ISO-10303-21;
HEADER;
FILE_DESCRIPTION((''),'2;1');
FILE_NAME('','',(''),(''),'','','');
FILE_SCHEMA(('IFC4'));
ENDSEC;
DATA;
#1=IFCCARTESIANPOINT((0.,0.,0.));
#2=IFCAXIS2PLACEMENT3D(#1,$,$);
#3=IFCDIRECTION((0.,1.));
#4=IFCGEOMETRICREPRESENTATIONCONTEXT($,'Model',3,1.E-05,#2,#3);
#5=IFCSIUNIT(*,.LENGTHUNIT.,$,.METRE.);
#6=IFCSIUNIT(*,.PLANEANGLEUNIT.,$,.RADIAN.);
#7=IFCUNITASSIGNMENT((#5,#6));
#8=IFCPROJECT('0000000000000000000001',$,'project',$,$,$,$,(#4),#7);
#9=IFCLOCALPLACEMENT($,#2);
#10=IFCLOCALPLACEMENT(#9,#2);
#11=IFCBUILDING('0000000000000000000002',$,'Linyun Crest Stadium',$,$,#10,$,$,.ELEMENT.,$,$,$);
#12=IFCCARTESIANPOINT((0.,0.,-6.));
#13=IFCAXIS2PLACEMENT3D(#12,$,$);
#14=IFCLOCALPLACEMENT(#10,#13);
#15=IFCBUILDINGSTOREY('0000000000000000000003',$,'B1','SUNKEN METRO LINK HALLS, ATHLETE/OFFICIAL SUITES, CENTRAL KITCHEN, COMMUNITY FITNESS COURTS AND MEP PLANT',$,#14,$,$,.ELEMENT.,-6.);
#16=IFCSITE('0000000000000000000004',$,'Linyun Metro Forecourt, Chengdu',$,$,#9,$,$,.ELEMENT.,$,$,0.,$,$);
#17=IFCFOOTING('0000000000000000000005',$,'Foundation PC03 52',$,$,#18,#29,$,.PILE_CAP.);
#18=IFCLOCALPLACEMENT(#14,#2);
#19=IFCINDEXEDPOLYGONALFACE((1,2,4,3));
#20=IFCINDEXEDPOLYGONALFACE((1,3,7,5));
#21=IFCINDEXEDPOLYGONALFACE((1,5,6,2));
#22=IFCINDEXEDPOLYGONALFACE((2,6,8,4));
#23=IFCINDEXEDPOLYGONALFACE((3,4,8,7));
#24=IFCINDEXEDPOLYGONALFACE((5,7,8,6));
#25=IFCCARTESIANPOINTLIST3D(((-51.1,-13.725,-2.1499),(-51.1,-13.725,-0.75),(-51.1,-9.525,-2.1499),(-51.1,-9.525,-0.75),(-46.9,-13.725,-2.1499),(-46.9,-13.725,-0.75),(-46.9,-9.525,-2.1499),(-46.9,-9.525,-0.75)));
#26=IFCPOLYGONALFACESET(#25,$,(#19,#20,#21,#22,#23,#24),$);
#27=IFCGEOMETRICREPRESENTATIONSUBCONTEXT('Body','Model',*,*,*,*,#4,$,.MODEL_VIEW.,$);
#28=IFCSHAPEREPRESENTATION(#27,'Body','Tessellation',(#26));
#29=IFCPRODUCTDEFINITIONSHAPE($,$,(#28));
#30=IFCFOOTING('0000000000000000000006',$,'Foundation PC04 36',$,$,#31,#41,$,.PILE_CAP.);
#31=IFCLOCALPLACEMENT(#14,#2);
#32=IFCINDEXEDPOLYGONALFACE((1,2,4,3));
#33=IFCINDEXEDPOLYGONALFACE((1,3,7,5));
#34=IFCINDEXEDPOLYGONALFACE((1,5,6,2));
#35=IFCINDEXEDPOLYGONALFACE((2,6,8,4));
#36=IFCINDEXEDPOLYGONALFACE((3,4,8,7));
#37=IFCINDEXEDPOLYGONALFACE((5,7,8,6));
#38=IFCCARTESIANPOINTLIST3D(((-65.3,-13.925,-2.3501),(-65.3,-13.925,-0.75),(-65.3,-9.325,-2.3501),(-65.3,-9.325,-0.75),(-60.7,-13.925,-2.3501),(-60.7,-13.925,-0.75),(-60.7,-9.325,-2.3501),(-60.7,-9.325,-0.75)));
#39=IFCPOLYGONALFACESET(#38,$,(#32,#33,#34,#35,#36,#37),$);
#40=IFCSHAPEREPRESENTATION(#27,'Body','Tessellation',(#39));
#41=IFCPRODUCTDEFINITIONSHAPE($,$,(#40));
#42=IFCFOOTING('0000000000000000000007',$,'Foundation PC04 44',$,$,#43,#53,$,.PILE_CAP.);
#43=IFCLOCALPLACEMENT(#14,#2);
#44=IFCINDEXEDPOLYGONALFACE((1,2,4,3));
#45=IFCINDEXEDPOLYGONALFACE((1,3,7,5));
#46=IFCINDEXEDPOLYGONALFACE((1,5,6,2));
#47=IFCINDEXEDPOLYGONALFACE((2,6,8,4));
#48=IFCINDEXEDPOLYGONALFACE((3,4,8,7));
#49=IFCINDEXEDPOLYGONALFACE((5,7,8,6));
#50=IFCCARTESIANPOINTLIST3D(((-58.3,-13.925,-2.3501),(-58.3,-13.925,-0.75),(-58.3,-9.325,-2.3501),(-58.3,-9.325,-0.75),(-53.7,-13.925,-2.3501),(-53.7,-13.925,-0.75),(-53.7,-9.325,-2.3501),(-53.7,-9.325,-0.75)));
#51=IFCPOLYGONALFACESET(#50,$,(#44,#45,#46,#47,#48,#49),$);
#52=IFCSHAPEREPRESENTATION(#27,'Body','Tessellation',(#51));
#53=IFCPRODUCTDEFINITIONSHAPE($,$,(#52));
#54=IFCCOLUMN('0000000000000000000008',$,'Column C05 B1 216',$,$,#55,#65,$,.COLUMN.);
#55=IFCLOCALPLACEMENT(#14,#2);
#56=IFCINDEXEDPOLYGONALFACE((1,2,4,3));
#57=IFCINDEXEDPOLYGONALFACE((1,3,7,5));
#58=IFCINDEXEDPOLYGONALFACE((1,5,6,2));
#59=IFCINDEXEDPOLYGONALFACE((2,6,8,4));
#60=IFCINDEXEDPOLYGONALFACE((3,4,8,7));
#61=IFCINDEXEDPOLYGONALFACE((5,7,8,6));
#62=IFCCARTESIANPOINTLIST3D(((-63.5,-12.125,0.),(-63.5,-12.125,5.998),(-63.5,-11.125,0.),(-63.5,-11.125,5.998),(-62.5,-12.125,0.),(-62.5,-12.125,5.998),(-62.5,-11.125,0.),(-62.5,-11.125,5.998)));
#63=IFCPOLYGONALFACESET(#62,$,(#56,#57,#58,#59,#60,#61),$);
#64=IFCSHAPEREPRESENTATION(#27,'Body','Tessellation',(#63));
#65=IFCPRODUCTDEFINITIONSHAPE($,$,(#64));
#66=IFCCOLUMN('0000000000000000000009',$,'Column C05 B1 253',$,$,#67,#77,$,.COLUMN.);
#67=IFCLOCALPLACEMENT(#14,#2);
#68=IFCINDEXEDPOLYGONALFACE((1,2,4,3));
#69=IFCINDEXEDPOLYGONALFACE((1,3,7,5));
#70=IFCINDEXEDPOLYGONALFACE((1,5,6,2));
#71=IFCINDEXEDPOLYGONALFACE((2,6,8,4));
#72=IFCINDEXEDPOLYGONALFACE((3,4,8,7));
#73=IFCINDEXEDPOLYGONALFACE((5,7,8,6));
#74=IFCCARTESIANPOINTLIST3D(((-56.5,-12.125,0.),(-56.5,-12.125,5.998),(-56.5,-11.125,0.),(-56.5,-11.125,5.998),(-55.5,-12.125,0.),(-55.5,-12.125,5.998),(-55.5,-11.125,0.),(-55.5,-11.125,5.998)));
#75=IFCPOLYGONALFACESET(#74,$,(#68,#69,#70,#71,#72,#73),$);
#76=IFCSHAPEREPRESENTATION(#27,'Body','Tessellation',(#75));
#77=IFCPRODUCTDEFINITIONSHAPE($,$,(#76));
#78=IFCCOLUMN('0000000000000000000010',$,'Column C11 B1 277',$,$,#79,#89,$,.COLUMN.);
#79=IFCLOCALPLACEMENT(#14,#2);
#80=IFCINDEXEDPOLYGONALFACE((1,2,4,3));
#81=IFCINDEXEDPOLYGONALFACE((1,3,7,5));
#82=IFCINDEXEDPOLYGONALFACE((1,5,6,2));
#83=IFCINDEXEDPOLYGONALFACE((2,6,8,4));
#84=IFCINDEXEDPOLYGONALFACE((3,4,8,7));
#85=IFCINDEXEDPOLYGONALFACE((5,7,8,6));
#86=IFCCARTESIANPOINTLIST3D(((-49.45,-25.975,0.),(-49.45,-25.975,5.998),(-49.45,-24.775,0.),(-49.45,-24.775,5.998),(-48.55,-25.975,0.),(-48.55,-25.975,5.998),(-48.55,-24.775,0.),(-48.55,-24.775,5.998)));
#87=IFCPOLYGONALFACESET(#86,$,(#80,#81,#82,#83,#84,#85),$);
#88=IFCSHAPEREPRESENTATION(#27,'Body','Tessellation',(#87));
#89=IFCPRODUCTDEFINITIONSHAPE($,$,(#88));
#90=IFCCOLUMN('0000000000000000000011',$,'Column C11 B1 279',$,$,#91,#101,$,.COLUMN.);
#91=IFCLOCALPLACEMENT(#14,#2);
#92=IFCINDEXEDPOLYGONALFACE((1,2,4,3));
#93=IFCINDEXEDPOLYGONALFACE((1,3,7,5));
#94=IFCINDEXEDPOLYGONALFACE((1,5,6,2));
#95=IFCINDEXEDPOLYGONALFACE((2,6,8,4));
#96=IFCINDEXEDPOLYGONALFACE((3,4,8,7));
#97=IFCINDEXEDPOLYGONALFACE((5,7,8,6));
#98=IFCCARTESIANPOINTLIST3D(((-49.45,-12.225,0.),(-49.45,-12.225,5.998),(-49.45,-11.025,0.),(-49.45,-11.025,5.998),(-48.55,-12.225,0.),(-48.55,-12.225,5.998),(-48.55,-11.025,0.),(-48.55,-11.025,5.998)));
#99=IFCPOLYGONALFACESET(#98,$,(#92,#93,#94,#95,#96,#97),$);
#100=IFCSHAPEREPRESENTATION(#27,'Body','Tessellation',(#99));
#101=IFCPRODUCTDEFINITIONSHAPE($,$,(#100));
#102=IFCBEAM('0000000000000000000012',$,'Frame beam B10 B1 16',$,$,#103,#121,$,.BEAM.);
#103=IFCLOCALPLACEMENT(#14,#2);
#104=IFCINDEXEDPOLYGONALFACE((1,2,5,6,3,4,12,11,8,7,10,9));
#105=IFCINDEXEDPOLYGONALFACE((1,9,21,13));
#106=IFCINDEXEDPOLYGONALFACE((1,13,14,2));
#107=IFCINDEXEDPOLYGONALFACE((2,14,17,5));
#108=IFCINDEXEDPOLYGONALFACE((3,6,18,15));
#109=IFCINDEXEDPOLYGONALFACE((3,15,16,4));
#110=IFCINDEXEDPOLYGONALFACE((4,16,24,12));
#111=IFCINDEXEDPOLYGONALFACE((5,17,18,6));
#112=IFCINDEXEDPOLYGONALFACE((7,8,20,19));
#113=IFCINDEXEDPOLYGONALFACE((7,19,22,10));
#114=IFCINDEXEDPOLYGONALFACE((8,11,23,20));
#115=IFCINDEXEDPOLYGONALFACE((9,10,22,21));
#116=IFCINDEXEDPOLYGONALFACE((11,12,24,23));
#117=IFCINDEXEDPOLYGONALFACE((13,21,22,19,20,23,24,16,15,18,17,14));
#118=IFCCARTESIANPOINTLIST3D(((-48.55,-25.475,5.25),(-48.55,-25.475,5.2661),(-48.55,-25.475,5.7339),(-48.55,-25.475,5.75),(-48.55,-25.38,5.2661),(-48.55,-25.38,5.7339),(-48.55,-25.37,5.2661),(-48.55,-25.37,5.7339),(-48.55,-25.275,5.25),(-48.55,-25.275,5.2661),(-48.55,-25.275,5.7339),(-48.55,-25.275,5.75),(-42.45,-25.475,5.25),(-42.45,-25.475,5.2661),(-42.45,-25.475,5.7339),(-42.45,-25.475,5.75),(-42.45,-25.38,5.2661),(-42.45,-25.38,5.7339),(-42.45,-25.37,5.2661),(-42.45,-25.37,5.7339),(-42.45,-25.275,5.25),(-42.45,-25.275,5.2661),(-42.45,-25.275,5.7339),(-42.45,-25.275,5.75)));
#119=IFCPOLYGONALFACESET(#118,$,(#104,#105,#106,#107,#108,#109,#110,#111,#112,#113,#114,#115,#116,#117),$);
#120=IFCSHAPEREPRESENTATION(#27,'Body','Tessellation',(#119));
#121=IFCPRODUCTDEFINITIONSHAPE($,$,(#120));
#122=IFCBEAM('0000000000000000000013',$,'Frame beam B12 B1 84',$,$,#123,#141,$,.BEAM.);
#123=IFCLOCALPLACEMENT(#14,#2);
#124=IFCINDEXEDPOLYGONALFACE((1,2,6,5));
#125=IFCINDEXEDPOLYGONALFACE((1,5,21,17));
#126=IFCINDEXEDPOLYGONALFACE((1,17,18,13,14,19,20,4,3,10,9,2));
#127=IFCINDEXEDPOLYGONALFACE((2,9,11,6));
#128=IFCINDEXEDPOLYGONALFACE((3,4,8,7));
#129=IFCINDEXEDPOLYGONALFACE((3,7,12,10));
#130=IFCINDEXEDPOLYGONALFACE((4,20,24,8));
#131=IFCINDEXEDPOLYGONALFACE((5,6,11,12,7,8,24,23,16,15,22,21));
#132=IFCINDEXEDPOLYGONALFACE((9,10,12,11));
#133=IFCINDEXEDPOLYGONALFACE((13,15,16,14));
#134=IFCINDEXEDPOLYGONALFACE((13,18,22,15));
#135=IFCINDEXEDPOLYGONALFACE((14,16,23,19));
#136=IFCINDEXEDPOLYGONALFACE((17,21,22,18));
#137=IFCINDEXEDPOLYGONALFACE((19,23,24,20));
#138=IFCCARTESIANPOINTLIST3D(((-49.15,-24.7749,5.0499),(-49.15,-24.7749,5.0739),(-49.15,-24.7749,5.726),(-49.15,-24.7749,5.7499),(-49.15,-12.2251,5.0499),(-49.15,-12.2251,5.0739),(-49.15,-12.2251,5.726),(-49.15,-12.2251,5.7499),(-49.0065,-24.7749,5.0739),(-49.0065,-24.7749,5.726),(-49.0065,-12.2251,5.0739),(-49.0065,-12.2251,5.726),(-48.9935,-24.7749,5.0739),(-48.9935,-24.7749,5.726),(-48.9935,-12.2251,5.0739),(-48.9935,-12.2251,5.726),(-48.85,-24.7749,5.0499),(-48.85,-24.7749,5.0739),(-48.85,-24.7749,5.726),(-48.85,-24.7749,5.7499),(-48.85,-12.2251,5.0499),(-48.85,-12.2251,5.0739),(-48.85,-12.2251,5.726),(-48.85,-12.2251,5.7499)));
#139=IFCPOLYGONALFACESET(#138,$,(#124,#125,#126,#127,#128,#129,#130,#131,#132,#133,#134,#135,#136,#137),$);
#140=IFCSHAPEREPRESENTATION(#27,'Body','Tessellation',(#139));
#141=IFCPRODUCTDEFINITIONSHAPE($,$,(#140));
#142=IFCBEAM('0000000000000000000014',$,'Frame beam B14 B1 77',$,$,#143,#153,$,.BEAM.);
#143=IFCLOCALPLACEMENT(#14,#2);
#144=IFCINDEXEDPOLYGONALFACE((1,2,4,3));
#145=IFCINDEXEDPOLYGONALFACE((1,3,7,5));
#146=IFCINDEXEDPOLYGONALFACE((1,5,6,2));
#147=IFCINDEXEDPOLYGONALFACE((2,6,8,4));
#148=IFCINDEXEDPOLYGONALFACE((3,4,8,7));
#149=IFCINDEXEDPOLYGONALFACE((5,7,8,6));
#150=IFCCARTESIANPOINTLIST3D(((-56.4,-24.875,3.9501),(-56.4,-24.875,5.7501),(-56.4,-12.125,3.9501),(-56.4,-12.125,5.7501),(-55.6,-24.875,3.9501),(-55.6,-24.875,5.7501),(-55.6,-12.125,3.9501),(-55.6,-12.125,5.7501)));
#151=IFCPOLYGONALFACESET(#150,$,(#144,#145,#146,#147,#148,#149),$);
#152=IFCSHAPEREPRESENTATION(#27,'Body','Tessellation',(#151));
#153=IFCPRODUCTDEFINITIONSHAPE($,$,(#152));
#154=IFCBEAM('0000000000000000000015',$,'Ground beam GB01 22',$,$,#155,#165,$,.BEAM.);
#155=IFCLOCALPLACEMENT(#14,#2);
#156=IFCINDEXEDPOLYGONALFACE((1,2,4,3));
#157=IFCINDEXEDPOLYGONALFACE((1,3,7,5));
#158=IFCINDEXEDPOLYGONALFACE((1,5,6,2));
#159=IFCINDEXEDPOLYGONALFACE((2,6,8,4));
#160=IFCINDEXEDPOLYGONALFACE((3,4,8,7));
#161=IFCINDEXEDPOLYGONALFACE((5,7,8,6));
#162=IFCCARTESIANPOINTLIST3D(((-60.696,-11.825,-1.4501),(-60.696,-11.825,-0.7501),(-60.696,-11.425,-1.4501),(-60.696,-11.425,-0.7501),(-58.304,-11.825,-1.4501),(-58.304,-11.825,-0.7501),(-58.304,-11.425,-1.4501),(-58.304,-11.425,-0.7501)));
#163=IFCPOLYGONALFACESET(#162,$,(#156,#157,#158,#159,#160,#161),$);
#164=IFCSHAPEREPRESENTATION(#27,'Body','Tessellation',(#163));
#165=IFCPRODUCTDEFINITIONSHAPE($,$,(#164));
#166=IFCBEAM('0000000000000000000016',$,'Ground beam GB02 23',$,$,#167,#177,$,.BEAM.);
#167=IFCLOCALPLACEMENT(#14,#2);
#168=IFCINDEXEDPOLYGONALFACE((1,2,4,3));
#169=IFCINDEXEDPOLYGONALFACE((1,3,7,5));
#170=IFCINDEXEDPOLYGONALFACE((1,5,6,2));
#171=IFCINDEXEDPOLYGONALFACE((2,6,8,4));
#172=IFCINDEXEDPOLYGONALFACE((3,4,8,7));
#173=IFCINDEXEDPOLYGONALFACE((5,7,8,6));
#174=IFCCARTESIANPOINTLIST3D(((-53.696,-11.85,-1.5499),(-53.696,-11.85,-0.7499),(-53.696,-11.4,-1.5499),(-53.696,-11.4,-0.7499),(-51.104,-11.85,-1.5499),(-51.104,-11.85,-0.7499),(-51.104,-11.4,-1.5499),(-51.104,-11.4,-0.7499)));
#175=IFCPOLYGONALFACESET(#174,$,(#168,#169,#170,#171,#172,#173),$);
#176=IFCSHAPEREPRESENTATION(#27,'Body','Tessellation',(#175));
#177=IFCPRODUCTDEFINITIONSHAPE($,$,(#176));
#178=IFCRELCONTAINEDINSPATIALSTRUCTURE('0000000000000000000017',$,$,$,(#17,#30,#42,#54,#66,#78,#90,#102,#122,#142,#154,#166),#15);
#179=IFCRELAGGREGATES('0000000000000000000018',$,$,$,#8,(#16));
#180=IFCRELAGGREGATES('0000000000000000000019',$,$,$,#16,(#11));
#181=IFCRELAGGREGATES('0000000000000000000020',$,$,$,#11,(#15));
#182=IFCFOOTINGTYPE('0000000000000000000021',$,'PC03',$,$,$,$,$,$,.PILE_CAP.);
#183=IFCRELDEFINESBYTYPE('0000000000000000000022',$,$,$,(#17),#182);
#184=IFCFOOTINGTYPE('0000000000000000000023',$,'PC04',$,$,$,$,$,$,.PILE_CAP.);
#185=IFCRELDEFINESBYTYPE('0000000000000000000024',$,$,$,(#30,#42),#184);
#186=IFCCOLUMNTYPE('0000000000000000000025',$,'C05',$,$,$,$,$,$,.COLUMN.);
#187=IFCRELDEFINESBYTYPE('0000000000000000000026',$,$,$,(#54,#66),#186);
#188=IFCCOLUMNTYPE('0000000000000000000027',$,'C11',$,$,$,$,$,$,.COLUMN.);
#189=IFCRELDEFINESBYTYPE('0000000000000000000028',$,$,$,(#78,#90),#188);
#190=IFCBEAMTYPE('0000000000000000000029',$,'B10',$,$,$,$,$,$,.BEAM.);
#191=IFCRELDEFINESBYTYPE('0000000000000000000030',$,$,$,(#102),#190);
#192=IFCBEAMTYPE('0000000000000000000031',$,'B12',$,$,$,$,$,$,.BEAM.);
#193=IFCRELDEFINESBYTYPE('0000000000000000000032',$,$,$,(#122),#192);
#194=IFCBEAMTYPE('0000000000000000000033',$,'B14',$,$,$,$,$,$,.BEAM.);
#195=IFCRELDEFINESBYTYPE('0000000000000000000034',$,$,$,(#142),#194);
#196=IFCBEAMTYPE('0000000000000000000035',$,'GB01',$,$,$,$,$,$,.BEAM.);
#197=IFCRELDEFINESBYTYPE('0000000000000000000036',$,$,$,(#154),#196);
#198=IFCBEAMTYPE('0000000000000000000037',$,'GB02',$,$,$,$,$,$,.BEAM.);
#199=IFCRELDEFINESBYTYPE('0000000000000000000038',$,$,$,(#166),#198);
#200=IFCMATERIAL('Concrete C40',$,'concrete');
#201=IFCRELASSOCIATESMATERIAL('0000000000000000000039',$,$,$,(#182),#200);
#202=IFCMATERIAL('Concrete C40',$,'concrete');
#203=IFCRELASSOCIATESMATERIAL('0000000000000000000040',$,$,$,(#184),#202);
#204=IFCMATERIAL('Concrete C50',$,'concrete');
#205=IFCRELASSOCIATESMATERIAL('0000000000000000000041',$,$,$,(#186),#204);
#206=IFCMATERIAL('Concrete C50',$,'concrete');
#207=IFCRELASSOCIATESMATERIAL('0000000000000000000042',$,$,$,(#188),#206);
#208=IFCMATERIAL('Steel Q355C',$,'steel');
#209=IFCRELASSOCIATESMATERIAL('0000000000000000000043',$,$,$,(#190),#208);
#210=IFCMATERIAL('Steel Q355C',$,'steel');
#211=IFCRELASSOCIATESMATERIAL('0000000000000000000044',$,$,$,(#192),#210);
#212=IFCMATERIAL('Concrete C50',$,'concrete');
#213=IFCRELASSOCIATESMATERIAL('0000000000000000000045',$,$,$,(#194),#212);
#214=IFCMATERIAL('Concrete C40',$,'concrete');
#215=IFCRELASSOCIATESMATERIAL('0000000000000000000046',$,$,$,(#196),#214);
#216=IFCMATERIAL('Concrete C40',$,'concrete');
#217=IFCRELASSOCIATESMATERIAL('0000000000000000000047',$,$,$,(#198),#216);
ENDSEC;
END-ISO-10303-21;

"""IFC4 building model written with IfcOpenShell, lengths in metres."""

from ifc_helpers import new_model, si_unit, direction, frame, origin, origin_2d, place, context, subcontext, project, spatial, rectangle, i_section, extrude, material, material_profile, profile_set, type_object, element, save


model = new_model("IFC4")

# Units and contexts
model_context = context("Model", 3, precision=1e-05, world=origin(), true_north=direction((0.0, 1.0)))
body_context = subcontext(model_context, "Body", "Model", "MODEL_VIEW")
ifc_project = project(units=[si_unit("LENGTHUNIT", "METRE"), si_unit("PLANEANGLEUNIT", "RADIAN")], contexts=[model_context])

# Site, building, storey
site_placement = place(None, origin())
site = spatial("IfcSite", under=ifc_project, at=site_placement, Name="Linyun Metro Forecourt, Chengdu", CompositionType="ELEMENT", RefElevation=0.0)
building_placement = place(site_placement, origin())
building = spatial("IfcBuilding", under=site, at=building_placement, Name="Linyun Crest Stadium", CompositionType="ELEMENT")
storey_placement = place(building_placement, frame((0.0, 0.0, -6.0)))
storey = spatial("IfcBuildingStorey", under=building, at=storey_placement, Name="B1", Description="SUNKEN METRO LINK HALLS, ATHLETE/OFFICIAL SUITES, CENTRAL KITCHEN, COMMUNITY FITNESS COURTS AND MEP PLANT", CompositionType="ELEMENT", Elevation=-6.0)

# Footings
ifc_material_1 = material(Name="Concrete C40", Category="concrete")
footing_type_1 = type_object("IfcFootingType", Name="PC03", PredefinedType="PILE_CAP", material=ifc_material_1)
footing_placement = place(storey_placement, frame((-49.0, -11.625, -2.1499), z_axis=(0.0, 0.0, 1.0), x_axis=(1.0, 0.0, 0.0)))
element("IfcFooting", 1, at=footing_placement, inside=storey, type_object=footing_type_1, Name="Foundation PC03 52", PredefinedType="PILE_CAP", context=body_context, shape_type="SweptSolid", body=[
    extrude(rectangle(XDim=4.2, YDim=4.2, at=origin_2d()), origin(), (0.0, 0.0, 1.0), 1.3999),
])
ifc_material_2 = material(Name="Concrete C40", Category="concrete")
footing_type_2 = type_object("IfcFootingType", Name="PC04", PredefinedType="PILE_CAP", material=ifc_material_2)
for number, where, z_axis, x_axis, name in (
    (2, (-63.0, -11.625, -2.3501), (0.0, 0.0, 1.0), (1.0, 0.0, 0.0), "Foundation PC04 36"),
    (3, (-56.0, -11.625, -2.3501), (0.0, 0.0, 1.0), (1.0, 0.0, 0.0), "Foundation PC04 44"),
):
    element("IfcFooting", number, at=place(storey_placement, frame(where, z_axis=z_axis, x_axis=x_axis)), inside=storey, type_object=footing_type_2, Name=name, PredefinedType="PILE_CAP", context=body_context, shape_type="SweptSolid", body=[
        extrude(rectangle(XDim=4.6001, YDim=4.6001, at=origin_2d()), origin(), (0.0, 0.0, 1.0), 1.6001),
    ])

# Columns
ifc_material_3 = material(Name="Concrete C50", Category="concrete")
ifc_material_profile_1 = material_profile(ifc_material_3, rectangle(XDim=1.0, YDim=1.0, at=origin_2d()), Name="RC 1000x1000")
ifc_profile_set_1 = profile_set([ifc_material_profile_1], Name="Concrete C50")
column_type_1 = type_object("IfcColumnType", Name="C05", PredefinedType="COLUMN", material=ifc_profile_set_1)
for number, where, z_axis, x_axis, name in (
    (4, (-63.0, -11.625, 0.0), (0.0, 0.0, 1.0), (1.0, 0.0, 0.0), "Column C05 B1 216"),
    (5, (-56.0, -11.625, 0.0), (0.0, 0.0, 1.0), (1.0, 0.0, 0.0), "Column C05 B1 253"),
):
    element("IfcColumn", number, at=place(storey_placement, frame(where, z_axis=z_axis, x_axis=x_axis)), inside=storey, type_object=column_type_1, Name=name, PredefinedType="COLUMN", context=body_context, shape_type="SweptSolid", body=[
        extrude(rectangle(XDim=1.0, YDim=1.0, at=origin_2d()), origin(), (0.0, 0.0, 1.0), 5.998),
    ])
ifc_material_4 = material(Name="Concrete C50", Category="concrete")
ifc_material_profile_2 = material_profile(ifc_material_4, rectangle(XDim=0.8999, YDim=1.2, at=origin_2d()), Name="RC 1200x900")
ifc_profile_set_2 = profile_set([ifc_material_profile_2], Name="Concrete C50")
column_type_2 = type_object("IfcColumnType", Name="C11", PredefinedType="COLUMN", material=ifc_profile_set_2)
for number, where, z_axis, x_axis, name in (
    (6, (-49.0, -25.375, 0.0), (0.0, 0.0, 1.0), (1.0, 0.0, 0.0), "Column C11 B1 277"),
    (7, (-49.0, -11.625, 0.0), (0.0, 0.0, 1.0), (1.0, 0.0, 0.0), "Column C11 B1 279"),
):
    element("IfcColumn", number, at=place(storey_placement, frame(where, z_axis=z_axis, x_axis=x_axis)), inside=storey, type_object=column_type_2, Name=name, PredefinedType="COLUMN", context=body_context, shape_type="SweptSolid", body=[
        extrude(rectangle(XDim=0.8999, YDim=1.2, at=origin_2d()), origin(), (0.0, 0.0, 1.0), 5.998),
    ])

# Beams
ifc_material_5 = material(Name="Steel Q355C", Category="steel")
ifc_material_profile_3 = material_profile(ifc_material_5, i_section(OverallWidth=0.2, OverallDepth=0.5, WebThickness=0.01, FlangeThickness=0.0161, at=origin_2d()), Name="HN 500x200")
ifc_profile_set_3 = profile_set([ifc_material_profile_3], Name="Steel Q355C")
beam_type_1 = type_object("IfcBeamType", Name="B10", PredefinedType="BEAM", material=ifc_profile_set_3)
beam_1_placement = place(storey_placement, frame((-48.55, -25.375, 5.5), z_axis=(1.0, 0.0, 0.0), x_axis=(0.0, 1.0, 0.0)))
element("IfcBeam", 8, at=beam_1_placement, inside=storey, type_object=beam_type_1, Name="Frame beam B10 B1 16", PredefinedType="BEAM", context=body_context, shape_type="SweptSolid", body=[
    extrude(i_section(OverallWidth=0.2, OverallDepth=0.5, WebThickness=0.01, FlangeThickness=0.0161, at=origin_2d()), origin(), (0.0, 0.0, 1.0), 6.1001),
])
ifc_material_6 = material(Name="Steel Q355C", Category="steel")
ifc_material_profile_4 = material_profile(ifc_material_6, i_section(OverallWidth=0.3, OverallDepth=0.7, WebThickness=0.0129, FlangeThickness=0.0239, at=origin_2d()), Name="HN 700x300")
ifc_profile_set_4 = profile_set([ifc_material_profile_4], Name="Steel Q355C")
beam_type_2 = type_object("IfcBeamType", Name="B12", PredefinedType="BEAM", material=ifc_profile_set_4)
beam_2_placement = place(storey_placement, frame((-49.0, -24.7749, 5.3999), z_axis=(0.0, 1.0, 0.0), x_axis=(-1.0, 0.0, 0.0)))
element("IfcBeam", 9, at=beam_2_placement, inside=storey, type_object=beam_type_2, Name="Frame beam B12 B1 84", PredefinedType="BEAM", context=body_context, shape_type="SweptSolid", body=[
    extrude(i_section(OverallWidth=0.3, OverallDepth=0.7, WebThickness=0.0129, FlangeThickness=0.0239, at=origin_2d()), origin(), (0.0, 0.0, 1.0), 12.5498),
])
ifc_material_7 = material(Name="Concrete C50", Category="concrete")
ifc_material_profile_5 = material_profile(ifc_material_7, rectangle(XDim=0.8, YDim=1.8, at=origin_2d()), Name="RCB 1800x800")
ifc_profile_set_5 = profile_set([ifc_material_profile_5], Name="Concrete C50")
beam_type_3 = type_object("IfcBeamType", Name="B14", PredefinedType="BEAM", material=ifc_profile_set_5)
beam_3_placement = place(storey_placement, frame((-56.0, -24.875, 4.8501), z_axis=(0.0, 1.0, 0.0), x_axis=(-1.0, 0.0, 0.0)))
element("IfcBeam", 10, at=beam_3_placement, inside=storey, type_object=beam_type_3, Name="Frame beam B14 B1 77", PredefinedType="BEAM", context=body_context, shape_type="SweptSolid", body=[
    extrude(rectangle(XDim=0.8, YDim=1.8, at=origin_2d()), origin(), (0.0, 0.0, 1.0), 12.75),
])
ifc_material_8 = material(Name="Concrete C40", Category="concrete")
ifc_material_profile_6 = material_profile(ifc_material_8, rectangle(XDim=0.3999, YDim=0.7, at=origin_2d()), Name="RCB 700x400")
ifc_profile_set_6 = profile_set([ifc_material_profile_6], Name="Concrete C40")
beam_type_4 = type_object("IfcBeamType", Name="GB01", PredefinedType="BEAM", material=ifc_profile_set_6)
beam_4_placement = place(storey_placement, frame((-60.696, -11.625, -1.1001), z_axis=(1.0, 0.0, 0.0), x_axis=(0.0, 1.0, 0.0)))
element("IfcBeam", 11, at=beam_4_placement, inside=storey, type_object=beam_type_4, Name="Ground beam GB01 22", PredefinedType="BEAM", context=body_context, shape_type="SweptSolid", body=[
    extrude(rectangle(XDim=0.3999, YDim=0.7, at=origin_2d()), origin(), (0.0, 0.0, 1.0), 2.3921),
])
ifc_material_9 = material(Name="Concrete C40", Category="concrete")
ifc_material_profile_7 = material_profile(ifc_material_9, rectangle(XDim=0.45, YDim=0.8, at=origin_2d()), Name="RCB 800x450")
ifc_profile_set_7 = profile_set([ifc_material_profile_7], Name="Concrete C40")
beam_type_5 = type_object("IfcBeamType", Name="GB02", PredefinedType="BEAM", material=ifc_profile_set_7)
beam_5_placement = place(storey_placement, frame((-53.696, -11.625, -1.1499), z_axis=(1.0, 0.0, 0.0), x_axis=(0.0, 1.0, 0.0)))
element("IfcBeam", 12, at=beam_5_placement, inside=storey, type_object=beam_type_5, Name="Ground beam GB02 23", PredefinedType="BEAM", context=body_context, shape_type="SweptSolid", body=[
    extrude(rectangle(XDim=0.45, YDim=0.8, at=origin_2d()), origin(), (0.0, 0.0, 1.0), 2.592),
])

save(model, "model.ifc")
